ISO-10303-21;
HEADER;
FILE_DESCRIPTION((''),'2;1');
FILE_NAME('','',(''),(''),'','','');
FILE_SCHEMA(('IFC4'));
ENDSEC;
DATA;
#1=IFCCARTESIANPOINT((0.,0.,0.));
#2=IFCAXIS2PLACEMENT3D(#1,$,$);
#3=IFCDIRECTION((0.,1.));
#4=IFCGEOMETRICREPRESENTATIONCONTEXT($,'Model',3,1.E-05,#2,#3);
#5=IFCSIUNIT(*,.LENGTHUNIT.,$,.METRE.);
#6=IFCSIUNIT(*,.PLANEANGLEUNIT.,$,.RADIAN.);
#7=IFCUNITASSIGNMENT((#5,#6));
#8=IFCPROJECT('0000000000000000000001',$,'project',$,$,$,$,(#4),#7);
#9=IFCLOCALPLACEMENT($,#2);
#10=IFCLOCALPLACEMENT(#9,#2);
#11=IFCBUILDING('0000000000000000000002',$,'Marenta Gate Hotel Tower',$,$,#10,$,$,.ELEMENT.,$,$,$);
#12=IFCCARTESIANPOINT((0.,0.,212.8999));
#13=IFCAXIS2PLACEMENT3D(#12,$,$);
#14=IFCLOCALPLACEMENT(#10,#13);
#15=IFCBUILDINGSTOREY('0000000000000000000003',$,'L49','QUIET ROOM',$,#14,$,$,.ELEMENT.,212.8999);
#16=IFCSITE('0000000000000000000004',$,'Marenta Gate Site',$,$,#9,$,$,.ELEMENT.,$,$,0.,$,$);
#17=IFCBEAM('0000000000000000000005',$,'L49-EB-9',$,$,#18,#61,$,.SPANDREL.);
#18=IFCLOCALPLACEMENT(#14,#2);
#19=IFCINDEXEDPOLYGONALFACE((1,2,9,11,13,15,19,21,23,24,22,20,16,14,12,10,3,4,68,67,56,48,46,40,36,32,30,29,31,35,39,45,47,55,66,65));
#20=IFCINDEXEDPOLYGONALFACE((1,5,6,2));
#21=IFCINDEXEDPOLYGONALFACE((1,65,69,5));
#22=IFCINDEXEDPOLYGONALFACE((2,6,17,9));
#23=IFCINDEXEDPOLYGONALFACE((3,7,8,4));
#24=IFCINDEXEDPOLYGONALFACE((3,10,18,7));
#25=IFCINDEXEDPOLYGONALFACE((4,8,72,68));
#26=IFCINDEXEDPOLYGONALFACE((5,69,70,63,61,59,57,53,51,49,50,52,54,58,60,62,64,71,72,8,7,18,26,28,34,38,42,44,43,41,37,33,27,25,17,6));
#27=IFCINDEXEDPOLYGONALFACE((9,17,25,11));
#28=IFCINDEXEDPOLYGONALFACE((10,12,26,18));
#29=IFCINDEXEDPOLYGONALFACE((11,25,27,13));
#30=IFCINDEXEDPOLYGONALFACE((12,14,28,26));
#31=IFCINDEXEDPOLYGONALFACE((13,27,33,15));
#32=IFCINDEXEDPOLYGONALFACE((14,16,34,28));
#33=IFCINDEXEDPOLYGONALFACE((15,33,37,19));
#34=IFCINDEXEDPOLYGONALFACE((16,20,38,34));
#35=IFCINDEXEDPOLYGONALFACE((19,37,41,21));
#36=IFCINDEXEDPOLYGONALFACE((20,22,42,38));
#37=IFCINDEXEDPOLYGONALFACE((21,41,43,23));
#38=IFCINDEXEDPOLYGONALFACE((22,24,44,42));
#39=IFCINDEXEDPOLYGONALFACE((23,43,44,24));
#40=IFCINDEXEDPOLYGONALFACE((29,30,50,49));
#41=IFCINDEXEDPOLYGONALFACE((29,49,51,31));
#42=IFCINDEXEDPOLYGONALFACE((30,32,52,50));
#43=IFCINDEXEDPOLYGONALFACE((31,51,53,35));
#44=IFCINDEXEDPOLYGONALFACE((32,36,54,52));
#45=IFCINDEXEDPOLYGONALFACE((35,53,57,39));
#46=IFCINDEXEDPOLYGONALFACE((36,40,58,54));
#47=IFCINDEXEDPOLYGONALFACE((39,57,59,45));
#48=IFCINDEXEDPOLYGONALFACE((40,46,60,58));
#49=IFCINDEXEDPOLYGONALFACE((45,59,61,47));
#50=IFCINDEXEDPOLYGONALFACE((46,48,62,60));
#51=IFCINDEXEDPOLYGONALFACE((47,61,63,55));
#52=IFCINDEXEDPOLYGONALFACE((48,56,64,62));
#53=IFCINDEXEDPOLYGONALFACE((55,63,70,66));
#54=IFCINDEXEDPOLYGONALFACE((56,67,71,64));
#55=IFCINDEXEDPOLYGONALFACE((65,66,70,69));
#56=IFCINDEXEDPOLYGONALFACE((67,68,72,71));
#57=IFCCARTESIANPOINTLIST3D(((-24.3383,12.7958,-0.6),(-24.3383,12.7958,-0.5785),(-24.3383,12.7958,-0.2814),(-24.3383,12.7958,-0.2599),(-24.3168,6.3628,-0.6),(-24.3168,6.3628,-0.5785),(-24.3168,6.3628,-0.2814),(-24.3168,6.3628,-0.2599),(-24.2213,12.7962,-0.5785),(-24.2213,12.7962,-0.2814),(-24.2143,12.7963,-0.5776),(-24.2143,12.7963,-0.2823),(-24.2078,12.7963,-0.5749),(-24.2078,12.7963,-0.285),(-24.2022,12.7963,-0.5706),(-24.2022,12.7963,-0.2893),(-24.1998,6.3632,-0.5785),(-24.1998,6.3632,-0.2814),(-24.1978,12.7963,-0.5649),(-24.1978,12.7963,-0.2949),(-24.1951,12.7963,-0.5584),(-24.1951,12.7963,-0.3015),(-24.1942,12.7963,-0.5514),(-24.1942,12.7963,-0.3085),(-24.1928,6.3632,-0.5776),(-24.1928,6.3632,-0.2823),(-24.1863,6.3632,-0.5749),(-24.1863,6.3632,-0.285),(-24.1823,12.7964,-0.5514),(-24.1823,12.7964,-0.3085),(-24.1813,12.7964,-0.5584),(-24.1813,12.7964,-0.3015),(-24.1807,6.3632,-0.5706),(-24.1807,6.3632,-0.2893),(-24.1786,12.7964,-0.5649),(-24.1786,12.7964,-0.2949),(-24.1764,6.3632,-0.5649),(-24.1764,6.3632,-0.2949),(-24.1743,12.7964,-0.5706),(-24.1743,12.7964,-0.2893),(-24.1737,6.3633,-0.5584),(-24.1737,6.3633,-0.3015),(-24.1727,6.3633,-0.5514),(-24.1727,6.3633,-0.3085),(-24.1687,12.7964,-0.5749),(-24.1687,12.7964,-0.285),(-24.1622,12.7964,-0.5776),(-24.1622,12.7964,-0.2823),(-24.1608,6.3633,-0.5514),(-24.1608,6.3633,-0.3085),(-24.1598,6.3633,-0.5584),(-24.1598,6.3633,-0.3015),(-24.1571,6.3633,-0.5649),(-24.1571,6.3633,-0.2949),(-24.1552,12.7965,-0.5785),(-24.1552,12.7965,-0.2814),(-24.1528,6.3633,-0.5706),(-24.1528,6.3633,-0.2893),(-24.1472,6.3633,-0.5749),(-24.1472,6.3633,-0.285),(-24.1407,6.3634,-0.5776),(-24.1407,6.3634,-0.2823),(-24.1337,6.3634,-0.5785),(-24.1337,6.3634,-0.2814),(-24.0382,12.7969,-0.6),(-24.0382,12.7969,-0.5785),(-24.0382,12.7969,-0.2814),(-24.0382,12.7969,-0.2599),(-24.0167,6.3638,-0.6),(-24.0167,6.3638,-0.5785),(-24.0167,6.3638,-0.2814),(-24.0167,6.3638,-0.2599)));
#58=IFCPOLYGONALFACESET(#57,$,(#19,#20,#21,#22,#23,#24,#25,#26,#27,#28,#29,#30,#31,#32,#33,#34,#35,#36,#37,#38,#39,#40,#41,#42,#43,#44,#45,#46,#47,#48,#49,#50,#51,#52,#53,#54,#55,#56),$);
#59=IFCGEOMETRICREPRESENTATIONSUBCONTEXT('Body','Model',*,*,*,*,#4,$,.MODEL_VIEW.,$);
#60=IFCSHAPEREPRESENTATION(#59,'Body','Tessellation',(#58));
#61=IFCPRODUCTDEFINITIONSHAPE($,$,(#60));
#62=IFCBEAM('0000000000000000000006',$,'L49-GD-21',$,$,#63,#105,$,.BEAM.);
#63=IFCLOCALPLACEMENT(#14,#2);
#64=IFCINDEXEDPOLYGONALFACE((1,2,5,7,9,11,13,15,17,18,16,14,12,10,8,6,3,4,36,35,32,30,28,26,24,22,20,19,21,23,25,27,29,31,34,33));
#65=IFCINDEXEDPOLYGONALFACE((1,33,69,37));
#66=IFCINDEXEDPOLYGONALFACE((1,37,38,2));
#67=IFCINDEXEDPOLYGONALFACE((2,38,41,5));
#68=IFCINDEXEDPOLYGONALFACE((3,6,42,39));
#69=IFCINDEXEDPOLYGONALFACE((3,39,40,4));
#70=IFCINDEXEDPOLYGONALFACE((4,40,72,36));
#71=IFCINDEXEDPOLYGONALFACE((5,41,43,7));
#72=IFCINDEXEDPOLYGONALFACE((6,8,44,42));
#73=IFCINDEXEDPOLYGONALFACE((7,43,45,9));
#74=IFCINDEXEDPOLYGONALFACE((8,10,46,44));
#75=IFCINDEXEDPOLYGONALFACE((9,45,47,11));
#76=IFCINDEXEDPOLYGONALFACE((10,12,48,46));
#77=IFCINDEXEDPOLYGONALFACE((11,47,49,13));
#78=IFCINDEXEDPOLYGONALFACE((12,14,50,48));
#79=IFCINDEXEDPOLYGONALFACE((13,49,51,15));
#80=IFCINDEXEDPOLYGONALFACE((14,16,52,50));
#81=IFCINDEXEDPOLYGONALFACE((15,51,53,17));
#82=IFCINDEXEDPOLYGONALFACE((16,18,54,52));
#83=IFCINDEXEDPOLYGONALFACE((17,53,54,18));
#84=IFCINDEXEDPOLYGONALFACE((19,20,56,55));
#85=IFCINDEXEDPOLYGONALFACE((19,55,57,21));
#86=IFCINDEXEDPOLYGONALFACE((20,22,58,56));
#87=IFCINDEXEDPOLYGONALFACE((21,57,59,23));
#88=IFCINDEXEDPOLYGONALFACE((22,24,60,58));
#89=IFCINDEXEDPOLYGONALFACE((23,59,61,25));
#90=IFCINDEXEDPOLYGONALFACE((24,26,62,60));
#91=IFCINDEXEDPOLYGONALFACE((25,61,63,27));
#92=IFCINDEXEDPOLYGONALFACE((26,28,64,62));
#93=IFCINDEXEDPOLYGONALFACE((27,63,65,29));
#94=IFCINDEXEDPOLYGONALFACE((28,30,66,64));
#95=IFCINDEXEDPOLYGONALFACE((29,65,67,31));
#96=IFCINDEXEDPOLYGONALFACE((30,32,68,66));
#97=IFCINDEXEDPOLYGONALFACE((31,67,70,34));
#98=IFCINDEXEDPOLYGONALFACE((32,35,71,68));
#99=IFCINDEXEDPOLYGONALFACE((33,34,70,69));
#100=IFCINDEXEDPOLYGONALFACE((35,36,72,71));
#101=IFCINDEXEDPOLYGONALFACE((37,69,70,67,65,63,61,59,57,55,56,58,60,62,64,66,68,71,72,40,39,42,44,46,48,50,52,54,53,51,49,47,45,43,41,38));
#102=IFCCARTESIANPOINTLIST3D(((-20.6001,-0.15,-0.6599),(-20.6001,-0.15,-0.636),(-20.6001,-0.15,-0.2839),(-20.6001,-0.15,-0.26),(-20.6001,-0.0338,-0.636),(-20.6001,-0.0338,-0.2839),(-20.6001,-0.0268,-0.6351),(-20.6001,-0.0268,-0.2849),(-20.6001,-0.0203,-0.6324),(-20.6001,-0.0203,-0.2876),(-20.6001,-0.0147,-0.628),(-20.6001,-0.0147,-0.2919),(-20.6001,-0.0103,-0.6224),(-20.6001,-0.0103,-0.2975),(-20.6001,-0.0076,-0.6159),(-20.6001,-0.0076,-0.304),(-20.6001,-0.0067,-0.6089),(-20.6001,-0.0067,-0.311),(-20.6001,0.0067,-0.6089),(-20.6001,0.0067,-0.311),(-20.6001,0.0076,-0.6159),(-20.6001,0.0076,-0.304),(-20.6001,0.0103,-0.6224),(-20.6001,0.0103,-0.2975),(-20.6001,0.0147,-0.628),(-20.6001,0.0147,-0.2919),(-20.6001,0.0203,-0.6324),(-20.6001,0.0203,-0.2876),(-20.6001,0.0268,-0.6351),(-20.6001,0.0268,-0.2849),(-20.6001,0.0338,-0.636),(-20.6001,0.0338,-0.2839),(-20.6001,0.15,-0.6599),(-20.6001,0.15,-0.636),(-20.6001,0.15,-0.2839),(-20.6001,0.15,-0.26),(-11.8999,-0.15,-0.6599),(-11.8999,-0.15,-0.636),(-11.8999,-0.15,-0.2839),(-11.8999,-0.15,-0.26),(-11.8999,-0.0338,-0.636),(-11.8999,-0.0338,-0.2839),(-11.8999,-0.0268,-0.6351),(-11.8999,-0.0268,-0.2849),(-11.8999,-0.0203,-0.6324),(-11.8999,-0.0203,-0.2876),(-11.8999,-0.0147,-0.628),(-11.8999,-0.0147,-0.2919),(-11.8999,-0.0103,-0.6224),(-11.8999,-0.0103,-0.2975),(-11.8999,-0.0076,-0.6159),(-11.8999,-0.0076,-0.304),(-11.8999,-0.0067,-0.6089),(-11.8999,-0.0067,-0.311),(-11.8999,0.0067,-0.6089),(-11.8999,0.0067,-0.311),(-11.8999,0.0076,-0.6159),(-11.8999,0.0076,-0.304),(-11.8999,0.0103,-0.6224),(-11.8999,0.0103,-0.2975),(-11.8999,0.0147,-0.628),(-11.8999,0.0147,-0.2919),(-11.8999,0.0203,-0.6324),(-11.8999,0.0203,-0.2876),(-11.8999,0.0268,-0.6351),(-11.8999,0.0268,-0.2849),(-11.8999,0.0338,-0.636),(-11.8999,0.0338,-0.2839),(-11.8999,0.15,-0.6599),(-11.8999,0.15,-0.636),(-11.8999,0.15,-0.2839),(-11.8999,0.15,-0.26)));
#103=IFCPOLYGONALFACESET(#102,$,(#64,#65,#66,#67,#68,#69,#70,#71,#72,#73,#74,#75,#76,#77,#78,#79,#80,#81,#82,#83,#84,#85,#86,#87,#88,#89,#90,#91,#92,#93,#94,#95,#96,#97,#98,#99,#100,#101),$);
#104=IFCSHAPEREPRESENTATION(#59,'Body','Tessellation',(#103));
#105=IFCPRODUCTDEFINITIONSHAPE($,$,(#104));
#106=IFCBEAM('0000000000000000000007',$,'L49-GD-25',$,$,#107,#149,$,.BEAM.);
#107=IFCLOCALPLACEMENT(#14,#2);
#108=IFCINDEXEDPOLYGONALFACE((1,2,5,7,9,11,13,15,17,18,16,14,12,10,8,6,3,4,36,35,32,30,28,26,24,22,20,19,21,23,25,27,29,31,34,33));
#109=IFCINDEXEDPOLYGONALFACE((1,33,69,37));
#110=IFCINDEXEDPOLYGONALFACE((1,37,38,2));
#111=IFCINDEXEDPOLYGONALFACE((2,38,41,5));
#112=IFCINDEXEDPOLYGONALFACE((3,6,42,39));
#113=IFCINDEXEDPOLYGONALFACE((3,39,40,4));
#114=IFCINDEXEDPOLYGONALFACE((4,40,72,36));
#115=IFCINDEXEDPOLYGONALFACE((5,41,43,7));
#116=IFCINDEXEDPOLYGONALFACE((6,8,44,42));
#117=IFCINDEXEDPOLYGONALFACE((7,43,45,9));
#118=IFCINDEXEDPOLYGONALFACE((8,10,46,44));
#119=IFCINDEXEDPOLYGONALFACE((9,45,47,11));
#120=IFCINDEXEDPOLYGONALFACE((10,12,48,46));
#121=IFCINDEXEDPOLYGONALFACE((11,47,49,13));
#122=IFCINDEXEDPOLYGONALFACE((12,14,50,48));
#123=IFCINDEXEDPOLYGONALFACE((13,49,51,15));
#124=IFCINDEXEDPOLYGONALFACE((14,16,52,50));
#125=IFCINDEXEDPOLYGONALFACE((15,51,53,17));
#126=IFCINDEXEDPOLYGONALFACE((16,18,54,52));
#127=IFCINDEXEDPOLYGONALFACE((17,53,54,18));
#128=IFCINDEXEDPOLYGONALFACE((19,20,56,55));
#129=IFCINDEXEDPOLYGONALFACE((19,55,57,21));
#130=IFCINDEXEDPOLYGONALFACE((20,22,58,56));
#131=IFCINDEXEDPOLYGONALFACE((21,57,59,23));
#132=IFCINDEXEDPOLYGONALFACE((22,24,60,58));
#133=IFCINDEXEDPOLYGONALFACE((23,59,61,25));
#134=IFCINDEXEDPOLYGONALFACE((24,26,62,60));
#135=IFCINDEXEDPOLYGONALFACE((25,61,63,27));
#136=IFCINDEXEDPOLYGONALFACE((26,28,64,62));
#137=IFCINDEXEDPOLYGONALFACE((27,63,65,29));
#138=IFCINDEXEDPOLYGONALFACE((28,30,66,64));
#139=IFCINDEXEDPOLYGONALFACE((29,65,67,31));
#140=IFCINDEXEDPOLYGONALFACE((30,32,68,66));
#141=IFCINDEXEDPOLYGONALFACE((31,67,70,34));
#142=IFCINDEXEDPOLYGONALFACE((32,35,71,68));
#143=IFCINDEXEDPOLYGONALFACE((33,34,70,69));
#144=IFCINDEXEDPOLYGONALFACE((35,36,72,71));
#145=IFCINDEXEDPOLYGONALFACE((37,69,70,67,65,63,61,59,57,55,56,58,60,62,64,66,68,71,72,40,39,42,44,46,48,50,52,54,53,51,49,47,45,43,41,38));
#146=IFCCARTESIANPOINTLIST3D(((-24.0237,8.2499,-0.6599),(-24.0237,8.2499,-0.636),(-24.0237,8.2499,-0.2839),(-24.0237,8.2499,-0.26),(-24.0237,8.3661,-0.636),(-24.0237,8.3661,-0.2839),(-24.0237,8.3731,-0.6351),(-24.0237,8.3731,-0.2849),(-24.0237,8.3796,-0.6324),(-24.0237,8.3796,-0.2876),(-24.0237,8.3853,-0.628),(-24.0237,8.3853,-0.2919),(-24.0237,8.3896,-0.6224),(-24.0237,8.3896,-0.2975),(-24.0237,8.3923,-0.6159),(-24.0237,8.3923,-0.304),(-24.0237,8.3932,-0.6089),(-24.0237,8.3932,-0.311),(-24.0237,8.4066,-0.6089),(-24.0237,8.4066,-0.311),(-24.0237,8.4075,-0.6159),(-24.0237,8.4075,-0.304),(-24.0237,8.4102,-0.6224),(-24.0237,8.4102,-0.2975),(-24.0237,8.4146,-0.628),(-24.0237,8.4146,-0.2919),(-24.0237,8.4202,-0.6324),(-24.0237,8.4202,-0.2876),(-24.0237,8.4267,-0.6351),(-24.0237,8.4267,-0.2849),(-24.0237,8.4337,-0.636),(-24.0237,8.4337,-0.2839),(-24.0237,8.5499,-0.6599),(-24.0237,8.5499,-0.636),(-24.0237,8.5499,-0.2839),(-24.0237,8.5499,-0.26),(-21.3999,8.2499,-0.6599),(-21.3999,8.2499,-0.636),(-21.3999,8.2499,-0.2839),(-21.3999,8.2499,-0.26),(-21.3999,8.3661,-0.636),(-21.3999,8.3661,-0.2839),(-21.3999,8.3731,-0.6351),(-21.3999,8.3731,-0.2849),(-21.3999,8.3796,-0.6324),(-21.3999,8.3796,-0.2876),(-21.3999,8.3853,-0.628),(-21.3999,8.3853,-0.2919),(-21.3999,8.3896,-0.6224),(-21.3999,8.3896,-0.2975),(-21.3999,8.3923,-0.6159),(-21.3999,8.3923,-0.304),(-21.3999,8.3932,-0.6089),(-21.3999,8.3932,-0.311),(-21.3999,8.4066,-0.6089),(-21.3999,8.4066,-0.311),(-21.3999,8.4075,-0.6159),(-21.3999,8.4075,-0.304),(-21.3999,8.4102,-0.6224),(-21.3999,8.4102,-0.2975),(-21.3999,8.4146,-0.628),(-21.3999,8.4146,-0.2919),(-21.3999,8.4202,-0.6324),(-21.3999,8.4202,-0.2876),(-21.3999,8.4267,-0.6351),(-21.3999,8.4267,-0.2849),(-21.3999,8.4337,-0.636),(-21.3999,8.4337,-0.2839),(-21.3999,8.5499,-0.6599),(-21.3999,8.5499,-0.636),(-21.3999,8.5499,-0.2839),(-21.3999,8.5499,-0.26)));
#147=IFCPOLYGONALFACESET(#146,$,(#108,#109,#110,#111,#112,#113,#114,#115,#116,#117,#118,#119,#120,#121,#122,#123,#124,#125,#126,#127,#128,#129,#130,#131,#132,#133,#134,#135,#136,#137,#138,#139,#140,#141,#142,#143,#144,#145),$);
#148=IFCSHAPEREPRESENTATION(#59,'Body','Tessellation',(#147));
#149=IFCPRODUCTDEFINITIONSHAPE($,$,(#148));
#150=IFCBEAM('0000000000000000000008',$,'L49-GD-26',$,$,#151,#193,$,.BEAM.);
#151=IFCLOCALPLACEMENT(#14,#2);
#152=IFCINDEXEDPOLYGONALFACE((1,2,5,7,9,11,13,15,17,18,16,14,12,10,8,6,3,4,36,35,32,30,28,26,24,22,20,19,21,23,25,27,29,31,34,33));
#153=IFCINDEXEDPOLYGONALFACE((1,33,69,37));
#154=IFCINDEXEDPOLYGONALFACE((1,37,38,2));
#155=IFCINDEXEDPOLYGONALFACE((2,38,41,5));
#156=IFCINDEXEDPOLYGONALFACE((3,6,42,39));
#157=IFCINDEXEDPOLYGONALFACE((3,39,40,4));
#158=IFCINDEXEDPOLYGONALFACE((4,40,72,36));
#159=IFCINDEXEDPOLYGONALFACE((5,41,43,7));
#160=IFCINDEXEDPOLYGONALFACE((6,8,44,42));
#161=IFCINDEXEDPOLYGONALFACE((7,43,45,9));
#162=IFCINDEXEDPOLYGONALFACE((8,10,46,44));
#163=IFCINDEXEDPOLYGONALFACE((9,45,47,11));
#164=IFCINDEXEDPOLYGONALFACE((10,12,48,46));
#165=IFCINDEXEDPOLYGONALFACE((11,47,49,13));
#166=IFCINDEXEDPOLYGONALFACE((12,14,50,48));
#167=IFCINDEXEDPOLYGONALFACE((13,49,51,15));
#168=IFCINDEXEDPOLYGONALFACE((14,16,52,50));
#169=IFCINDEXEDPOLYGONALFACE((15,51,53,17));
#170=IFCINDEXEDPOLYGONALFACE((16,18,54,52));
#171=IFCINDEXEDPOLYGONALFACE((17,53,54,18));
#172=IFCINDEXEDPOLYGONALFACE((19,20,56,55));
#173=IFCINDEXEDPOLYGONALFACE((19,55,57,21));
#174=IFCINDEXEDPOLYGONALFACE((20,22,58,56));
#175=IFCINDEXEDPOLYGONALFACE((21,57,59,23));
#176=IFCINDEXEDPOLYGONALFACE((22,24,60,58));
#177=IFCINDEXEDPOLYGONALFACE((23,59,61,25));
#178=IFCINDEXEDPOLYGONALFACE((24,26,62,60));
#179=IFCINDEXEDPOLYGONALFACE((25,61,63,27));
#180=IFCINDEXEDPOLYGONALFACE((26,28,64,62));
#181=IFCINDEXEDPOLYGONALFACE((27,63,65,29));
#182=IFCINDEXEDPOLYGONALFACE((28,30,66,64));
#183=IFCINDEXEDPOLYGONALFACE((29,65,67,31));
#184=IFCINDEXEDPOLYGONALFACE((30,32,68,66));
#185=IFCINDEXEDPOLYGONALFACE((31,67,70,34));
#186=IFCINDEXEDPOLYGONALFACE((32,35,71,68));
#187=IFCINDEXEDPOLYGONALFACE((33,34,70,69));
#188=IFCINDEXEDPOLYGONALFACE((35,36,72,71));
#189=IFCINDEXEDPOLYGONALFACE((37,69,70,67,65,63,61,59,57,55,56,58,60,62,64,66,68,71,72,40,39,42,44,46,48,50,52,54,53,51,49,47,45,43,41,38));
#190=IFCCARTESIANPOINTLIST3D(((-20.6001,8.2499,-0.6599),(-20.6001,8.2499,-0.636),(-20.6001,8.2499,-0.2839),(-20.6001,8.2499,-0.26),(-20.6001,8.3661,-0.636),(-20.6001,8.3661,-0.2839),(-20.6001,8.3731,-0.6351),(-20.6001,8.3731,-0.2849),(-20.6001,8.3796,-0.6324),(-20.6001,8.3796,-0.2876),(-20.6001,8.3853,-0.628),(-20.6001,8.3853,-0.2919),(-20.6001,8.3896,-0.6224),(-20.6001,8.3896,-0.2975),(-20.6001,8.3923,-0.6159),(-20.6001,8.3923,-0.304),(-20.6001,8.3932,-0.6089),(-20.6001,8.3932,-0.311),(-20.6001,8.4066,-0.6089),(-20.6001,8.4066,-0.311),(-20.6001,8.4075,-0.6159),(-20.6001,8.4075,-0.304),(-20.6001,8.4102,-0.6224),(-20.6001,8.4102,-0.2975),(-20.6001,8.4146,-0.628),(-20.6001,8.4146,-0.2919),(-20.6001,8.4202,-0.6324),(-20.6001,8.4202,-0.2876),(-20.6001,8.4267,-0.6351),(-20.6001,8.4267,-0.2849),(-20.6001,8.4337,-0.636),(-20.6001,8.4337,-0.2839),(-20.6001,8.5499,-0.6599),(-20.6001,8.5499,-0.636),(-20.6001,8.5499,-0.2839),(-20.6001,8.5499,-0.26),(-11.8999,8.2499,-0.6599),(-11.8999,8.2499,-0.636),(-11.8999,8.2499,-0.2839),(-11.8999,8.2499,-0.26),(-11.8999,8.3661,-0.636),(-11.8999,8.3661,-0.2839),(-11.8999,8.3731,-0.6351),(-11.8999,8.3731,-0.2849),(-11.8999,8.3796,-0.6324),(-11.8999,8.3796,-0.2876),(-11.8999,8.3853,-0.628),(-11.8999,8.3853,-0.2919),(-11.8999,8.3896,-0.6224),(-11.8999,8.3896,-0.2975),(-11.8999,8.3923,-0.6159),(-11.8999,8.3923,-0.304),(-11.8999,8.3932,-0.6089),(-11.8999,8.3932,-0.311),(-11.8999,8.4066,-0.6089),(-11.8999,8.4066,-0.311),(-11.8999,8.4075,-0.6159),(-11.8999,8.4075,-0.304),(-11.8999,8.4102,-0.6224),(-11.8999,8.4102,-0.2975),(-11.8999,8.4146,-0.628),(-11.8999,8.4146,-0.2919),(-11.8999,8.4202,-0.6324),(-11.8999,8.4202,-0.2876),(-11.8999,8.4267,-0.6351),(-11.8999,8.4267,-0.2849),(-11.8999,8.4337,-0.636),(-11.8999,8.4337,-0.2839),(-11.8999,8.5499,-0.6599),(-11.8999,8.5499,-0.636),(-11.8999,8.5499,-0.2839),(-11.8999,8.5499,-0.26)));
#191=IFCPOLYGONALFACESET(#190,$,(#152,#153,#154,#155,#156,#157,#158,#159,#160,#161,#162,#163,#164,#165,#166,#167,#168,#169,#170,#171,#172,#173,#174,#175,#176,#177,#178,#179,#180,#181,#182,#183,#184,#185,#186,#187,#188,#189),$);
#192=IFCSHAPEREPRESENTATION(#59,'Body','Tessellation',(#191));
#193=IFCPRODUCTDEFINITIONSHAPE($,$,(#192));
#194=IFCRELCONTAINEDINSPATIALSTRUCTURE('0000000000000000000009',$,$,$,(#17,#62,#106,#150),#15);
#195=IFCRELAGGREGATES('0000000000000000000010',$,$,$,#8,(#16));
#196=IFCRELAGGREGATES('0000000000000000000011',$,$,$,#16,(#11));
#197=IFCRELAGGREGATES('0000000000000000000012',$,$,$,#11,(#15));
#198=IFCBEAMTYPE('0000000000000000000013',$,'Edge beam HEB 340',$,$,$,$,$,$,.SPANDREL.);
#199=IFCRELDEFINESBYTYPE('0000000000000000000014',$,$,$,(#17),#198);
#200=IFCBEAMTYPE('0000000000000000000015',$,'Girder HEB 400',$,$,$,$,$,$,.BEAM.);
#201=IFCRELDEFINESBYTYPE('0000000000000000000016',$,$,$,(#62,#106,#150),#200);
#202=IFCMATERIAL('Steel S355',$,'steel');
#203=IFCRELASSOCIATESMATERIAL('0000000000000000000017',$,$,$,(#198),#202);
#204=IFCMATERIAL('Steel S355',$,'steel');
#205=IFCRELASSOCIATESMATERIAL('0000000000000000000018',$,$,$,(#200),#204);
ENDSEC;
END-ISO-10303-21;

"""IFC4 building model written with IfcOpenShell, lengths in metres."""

from ifc_helpers import new_model, si_unit, direction, frame, origin, origin_2d, place, context, subcontext, project, spatial, i_section, extrude, material, material_profile, profile_set, type_object, element, save


model = new_model("IFC4")

# Units and contexts
model_context = context("Model", 3, precision=1e-05, world=origin(), true_north=direction((0.0, 1.0)))
body_context = subcontext(model_context, "Body", "Model", "MODEL_VIEW")
ifc_project = project(units=[si_unit("LENGTHUNIT", "METRE"), si_unit("PLANEANGLEUNIT", "RADIAN")], contexts=[model_context])

# Site, building, storey
site_placement = place(None, origin())
site = spatial("IfcSite", under=ifc_project, at=site_placement, Name="Marenta Gate Site", CompositionType="ELEMENT", RefElevation=0.0)
building_placement = place(site_placement, origin())
building = spatial("IfcBuilding", under=site, at=building_placement, Name="Marenta Gate Hotel Tower", CompositionType="ELEMENT")
storey_placement = place(building_placement, frame((0.0, 0.0, 212.8999)))
storey = spatial("IfcBuildingStorey", under=building, at=storey_placement, Name="L49", Description="QUIET ROOM", CompositionType="ELEMENT", Elevation=212.8999)

# Beams
ifc_material_1 = material(Name="Steel S355", Category="steel")
ifc_material_profile_1 = material_profile(ifc_material_1, i_section(OverallWidth=0.3, OverallDepth=0.3401, WebThickness=0.012, FlangeThickness=0.0215, FilletRadius=0.0271, at=origin_2d()), Name="HEB 340")
ifc_profile_set_1 = profile_set([ifc_material_profile_1], Name="Steel S355")
beam_type_1 = type_object("IfcBeamType", Name="Edge beam HEB 340", PredefinedType="SPANDREL", material=ifc_profile_set_1)
beam_1_placement = place(storey_placement, frame((-24.1667, 6.3633, -0.4299), z_axis=(-0.00334, 0.999994, 0.0), x_axis=(-0.999994, -0.00334, 0.0)))
element("IfcBeam", 1, at=beam_1_placement, inside=storey, type_object=beam_type_1, Name="L49-EB-9", PredefinedType="SPANDREL", context=body_context, shape_type="SweptSolid", body=[
    extrude(i_section(OverallWidth=0.3, OverallDepth=0.3401, WebThickness=0.012, FlangeThickness=0.0215, FilletRadius=0.0271, at=origin_2d()), origin(), (0.0, 0.0, 1.0), 6.4331),
])
ifc_material_2 = material(Name="Steel S355", Category="steel")
ifc_material_profile_2 = material_profile(ifc_material_2, i_section(OverallWidth=0.3, OverallDepth=0.3999, WebThickness=0.0134, FlangeThickness=0.0239, FilletRadius=0.0271, at=origin_2d()), Name="HEB 400")
ifc_profile_set_2 = profile_set([ifc_material_profile_2], Name="Steel S355")
beam_type_2 = type_object("IfcBeamType", Name="Girder HEB 400", PredefinedType="BEAM", material=ifc_profile_set_2)
beam_2_placement = place(storey_placement, frame((-20.6001, 0.0, -0.46), z_axis=(1.0, 0.0, 0.0), x_axis=(0.0, 1.0, 0.0)))
element("IfcBeam", 2, at=beam_2_placement, inside=storey, type_object=beam_type_2, Name="L49-GD-21", PredefinedType="BEAM", context=body_context, shape_type="SweptSolid", body=[
    extrude(i_section(OverallWidth=0.3, OverallDepth=0.3999, WebThickness=0.0134, FlangeThickness=0.0239, FilletRadius=0.0271, at=origin_2d()), origin(), (0.0, 0.0, 1.0), 8.7002),
])
beam_3_placement = place(storey_placement, frame((-24.0237, 8.3999, -0.46), z_axis=(1.0, 0.0, 0.0), x_axis=(0.0, 1.0, 0.0)))
element("IfcBeam", 3, at=beam_3_placement, inside=storey, type_object=beam_type_2, Name="L49-GD-25", PredefinedType="BEAM", context=body_context, shape_type="SweptSolid", body=[
    extrude(i_section(OverallWidth=0.3, OverallDepth=0.3999, WebThickness=0.0134, FlangeThickness=0.0239, FilletRadius=0.0271, at=origin_2d()), origin(), (0.0, 0.0, 1.0), 2.6238),
])
beam_4_placement = place(storey_placement, frame((-20.6001, 8.3999, -0.46), z_axis=(1.0, 0.0, 0.0), x_axis=(0.0, 1.0, 0.0)))
element("IfcBeam", 4, at=beam_4_placement, inside=storey, type_object=beam_type_2, Name="L49-GD-26", PredefinedType="BEAM", context=body_context, shape_type="SweptSolid", body=[
    extrude(i_section(OverallWidth=0.3, OverallDepth=0.3999, WebThickness=0.0134, FlangeThickness=0.0239, FilletRadius=0.0271, at=origin_2d()), origin(), (0.0, 0.0, 1.0), 8.7002),
])

save(model, "model.ifc")
